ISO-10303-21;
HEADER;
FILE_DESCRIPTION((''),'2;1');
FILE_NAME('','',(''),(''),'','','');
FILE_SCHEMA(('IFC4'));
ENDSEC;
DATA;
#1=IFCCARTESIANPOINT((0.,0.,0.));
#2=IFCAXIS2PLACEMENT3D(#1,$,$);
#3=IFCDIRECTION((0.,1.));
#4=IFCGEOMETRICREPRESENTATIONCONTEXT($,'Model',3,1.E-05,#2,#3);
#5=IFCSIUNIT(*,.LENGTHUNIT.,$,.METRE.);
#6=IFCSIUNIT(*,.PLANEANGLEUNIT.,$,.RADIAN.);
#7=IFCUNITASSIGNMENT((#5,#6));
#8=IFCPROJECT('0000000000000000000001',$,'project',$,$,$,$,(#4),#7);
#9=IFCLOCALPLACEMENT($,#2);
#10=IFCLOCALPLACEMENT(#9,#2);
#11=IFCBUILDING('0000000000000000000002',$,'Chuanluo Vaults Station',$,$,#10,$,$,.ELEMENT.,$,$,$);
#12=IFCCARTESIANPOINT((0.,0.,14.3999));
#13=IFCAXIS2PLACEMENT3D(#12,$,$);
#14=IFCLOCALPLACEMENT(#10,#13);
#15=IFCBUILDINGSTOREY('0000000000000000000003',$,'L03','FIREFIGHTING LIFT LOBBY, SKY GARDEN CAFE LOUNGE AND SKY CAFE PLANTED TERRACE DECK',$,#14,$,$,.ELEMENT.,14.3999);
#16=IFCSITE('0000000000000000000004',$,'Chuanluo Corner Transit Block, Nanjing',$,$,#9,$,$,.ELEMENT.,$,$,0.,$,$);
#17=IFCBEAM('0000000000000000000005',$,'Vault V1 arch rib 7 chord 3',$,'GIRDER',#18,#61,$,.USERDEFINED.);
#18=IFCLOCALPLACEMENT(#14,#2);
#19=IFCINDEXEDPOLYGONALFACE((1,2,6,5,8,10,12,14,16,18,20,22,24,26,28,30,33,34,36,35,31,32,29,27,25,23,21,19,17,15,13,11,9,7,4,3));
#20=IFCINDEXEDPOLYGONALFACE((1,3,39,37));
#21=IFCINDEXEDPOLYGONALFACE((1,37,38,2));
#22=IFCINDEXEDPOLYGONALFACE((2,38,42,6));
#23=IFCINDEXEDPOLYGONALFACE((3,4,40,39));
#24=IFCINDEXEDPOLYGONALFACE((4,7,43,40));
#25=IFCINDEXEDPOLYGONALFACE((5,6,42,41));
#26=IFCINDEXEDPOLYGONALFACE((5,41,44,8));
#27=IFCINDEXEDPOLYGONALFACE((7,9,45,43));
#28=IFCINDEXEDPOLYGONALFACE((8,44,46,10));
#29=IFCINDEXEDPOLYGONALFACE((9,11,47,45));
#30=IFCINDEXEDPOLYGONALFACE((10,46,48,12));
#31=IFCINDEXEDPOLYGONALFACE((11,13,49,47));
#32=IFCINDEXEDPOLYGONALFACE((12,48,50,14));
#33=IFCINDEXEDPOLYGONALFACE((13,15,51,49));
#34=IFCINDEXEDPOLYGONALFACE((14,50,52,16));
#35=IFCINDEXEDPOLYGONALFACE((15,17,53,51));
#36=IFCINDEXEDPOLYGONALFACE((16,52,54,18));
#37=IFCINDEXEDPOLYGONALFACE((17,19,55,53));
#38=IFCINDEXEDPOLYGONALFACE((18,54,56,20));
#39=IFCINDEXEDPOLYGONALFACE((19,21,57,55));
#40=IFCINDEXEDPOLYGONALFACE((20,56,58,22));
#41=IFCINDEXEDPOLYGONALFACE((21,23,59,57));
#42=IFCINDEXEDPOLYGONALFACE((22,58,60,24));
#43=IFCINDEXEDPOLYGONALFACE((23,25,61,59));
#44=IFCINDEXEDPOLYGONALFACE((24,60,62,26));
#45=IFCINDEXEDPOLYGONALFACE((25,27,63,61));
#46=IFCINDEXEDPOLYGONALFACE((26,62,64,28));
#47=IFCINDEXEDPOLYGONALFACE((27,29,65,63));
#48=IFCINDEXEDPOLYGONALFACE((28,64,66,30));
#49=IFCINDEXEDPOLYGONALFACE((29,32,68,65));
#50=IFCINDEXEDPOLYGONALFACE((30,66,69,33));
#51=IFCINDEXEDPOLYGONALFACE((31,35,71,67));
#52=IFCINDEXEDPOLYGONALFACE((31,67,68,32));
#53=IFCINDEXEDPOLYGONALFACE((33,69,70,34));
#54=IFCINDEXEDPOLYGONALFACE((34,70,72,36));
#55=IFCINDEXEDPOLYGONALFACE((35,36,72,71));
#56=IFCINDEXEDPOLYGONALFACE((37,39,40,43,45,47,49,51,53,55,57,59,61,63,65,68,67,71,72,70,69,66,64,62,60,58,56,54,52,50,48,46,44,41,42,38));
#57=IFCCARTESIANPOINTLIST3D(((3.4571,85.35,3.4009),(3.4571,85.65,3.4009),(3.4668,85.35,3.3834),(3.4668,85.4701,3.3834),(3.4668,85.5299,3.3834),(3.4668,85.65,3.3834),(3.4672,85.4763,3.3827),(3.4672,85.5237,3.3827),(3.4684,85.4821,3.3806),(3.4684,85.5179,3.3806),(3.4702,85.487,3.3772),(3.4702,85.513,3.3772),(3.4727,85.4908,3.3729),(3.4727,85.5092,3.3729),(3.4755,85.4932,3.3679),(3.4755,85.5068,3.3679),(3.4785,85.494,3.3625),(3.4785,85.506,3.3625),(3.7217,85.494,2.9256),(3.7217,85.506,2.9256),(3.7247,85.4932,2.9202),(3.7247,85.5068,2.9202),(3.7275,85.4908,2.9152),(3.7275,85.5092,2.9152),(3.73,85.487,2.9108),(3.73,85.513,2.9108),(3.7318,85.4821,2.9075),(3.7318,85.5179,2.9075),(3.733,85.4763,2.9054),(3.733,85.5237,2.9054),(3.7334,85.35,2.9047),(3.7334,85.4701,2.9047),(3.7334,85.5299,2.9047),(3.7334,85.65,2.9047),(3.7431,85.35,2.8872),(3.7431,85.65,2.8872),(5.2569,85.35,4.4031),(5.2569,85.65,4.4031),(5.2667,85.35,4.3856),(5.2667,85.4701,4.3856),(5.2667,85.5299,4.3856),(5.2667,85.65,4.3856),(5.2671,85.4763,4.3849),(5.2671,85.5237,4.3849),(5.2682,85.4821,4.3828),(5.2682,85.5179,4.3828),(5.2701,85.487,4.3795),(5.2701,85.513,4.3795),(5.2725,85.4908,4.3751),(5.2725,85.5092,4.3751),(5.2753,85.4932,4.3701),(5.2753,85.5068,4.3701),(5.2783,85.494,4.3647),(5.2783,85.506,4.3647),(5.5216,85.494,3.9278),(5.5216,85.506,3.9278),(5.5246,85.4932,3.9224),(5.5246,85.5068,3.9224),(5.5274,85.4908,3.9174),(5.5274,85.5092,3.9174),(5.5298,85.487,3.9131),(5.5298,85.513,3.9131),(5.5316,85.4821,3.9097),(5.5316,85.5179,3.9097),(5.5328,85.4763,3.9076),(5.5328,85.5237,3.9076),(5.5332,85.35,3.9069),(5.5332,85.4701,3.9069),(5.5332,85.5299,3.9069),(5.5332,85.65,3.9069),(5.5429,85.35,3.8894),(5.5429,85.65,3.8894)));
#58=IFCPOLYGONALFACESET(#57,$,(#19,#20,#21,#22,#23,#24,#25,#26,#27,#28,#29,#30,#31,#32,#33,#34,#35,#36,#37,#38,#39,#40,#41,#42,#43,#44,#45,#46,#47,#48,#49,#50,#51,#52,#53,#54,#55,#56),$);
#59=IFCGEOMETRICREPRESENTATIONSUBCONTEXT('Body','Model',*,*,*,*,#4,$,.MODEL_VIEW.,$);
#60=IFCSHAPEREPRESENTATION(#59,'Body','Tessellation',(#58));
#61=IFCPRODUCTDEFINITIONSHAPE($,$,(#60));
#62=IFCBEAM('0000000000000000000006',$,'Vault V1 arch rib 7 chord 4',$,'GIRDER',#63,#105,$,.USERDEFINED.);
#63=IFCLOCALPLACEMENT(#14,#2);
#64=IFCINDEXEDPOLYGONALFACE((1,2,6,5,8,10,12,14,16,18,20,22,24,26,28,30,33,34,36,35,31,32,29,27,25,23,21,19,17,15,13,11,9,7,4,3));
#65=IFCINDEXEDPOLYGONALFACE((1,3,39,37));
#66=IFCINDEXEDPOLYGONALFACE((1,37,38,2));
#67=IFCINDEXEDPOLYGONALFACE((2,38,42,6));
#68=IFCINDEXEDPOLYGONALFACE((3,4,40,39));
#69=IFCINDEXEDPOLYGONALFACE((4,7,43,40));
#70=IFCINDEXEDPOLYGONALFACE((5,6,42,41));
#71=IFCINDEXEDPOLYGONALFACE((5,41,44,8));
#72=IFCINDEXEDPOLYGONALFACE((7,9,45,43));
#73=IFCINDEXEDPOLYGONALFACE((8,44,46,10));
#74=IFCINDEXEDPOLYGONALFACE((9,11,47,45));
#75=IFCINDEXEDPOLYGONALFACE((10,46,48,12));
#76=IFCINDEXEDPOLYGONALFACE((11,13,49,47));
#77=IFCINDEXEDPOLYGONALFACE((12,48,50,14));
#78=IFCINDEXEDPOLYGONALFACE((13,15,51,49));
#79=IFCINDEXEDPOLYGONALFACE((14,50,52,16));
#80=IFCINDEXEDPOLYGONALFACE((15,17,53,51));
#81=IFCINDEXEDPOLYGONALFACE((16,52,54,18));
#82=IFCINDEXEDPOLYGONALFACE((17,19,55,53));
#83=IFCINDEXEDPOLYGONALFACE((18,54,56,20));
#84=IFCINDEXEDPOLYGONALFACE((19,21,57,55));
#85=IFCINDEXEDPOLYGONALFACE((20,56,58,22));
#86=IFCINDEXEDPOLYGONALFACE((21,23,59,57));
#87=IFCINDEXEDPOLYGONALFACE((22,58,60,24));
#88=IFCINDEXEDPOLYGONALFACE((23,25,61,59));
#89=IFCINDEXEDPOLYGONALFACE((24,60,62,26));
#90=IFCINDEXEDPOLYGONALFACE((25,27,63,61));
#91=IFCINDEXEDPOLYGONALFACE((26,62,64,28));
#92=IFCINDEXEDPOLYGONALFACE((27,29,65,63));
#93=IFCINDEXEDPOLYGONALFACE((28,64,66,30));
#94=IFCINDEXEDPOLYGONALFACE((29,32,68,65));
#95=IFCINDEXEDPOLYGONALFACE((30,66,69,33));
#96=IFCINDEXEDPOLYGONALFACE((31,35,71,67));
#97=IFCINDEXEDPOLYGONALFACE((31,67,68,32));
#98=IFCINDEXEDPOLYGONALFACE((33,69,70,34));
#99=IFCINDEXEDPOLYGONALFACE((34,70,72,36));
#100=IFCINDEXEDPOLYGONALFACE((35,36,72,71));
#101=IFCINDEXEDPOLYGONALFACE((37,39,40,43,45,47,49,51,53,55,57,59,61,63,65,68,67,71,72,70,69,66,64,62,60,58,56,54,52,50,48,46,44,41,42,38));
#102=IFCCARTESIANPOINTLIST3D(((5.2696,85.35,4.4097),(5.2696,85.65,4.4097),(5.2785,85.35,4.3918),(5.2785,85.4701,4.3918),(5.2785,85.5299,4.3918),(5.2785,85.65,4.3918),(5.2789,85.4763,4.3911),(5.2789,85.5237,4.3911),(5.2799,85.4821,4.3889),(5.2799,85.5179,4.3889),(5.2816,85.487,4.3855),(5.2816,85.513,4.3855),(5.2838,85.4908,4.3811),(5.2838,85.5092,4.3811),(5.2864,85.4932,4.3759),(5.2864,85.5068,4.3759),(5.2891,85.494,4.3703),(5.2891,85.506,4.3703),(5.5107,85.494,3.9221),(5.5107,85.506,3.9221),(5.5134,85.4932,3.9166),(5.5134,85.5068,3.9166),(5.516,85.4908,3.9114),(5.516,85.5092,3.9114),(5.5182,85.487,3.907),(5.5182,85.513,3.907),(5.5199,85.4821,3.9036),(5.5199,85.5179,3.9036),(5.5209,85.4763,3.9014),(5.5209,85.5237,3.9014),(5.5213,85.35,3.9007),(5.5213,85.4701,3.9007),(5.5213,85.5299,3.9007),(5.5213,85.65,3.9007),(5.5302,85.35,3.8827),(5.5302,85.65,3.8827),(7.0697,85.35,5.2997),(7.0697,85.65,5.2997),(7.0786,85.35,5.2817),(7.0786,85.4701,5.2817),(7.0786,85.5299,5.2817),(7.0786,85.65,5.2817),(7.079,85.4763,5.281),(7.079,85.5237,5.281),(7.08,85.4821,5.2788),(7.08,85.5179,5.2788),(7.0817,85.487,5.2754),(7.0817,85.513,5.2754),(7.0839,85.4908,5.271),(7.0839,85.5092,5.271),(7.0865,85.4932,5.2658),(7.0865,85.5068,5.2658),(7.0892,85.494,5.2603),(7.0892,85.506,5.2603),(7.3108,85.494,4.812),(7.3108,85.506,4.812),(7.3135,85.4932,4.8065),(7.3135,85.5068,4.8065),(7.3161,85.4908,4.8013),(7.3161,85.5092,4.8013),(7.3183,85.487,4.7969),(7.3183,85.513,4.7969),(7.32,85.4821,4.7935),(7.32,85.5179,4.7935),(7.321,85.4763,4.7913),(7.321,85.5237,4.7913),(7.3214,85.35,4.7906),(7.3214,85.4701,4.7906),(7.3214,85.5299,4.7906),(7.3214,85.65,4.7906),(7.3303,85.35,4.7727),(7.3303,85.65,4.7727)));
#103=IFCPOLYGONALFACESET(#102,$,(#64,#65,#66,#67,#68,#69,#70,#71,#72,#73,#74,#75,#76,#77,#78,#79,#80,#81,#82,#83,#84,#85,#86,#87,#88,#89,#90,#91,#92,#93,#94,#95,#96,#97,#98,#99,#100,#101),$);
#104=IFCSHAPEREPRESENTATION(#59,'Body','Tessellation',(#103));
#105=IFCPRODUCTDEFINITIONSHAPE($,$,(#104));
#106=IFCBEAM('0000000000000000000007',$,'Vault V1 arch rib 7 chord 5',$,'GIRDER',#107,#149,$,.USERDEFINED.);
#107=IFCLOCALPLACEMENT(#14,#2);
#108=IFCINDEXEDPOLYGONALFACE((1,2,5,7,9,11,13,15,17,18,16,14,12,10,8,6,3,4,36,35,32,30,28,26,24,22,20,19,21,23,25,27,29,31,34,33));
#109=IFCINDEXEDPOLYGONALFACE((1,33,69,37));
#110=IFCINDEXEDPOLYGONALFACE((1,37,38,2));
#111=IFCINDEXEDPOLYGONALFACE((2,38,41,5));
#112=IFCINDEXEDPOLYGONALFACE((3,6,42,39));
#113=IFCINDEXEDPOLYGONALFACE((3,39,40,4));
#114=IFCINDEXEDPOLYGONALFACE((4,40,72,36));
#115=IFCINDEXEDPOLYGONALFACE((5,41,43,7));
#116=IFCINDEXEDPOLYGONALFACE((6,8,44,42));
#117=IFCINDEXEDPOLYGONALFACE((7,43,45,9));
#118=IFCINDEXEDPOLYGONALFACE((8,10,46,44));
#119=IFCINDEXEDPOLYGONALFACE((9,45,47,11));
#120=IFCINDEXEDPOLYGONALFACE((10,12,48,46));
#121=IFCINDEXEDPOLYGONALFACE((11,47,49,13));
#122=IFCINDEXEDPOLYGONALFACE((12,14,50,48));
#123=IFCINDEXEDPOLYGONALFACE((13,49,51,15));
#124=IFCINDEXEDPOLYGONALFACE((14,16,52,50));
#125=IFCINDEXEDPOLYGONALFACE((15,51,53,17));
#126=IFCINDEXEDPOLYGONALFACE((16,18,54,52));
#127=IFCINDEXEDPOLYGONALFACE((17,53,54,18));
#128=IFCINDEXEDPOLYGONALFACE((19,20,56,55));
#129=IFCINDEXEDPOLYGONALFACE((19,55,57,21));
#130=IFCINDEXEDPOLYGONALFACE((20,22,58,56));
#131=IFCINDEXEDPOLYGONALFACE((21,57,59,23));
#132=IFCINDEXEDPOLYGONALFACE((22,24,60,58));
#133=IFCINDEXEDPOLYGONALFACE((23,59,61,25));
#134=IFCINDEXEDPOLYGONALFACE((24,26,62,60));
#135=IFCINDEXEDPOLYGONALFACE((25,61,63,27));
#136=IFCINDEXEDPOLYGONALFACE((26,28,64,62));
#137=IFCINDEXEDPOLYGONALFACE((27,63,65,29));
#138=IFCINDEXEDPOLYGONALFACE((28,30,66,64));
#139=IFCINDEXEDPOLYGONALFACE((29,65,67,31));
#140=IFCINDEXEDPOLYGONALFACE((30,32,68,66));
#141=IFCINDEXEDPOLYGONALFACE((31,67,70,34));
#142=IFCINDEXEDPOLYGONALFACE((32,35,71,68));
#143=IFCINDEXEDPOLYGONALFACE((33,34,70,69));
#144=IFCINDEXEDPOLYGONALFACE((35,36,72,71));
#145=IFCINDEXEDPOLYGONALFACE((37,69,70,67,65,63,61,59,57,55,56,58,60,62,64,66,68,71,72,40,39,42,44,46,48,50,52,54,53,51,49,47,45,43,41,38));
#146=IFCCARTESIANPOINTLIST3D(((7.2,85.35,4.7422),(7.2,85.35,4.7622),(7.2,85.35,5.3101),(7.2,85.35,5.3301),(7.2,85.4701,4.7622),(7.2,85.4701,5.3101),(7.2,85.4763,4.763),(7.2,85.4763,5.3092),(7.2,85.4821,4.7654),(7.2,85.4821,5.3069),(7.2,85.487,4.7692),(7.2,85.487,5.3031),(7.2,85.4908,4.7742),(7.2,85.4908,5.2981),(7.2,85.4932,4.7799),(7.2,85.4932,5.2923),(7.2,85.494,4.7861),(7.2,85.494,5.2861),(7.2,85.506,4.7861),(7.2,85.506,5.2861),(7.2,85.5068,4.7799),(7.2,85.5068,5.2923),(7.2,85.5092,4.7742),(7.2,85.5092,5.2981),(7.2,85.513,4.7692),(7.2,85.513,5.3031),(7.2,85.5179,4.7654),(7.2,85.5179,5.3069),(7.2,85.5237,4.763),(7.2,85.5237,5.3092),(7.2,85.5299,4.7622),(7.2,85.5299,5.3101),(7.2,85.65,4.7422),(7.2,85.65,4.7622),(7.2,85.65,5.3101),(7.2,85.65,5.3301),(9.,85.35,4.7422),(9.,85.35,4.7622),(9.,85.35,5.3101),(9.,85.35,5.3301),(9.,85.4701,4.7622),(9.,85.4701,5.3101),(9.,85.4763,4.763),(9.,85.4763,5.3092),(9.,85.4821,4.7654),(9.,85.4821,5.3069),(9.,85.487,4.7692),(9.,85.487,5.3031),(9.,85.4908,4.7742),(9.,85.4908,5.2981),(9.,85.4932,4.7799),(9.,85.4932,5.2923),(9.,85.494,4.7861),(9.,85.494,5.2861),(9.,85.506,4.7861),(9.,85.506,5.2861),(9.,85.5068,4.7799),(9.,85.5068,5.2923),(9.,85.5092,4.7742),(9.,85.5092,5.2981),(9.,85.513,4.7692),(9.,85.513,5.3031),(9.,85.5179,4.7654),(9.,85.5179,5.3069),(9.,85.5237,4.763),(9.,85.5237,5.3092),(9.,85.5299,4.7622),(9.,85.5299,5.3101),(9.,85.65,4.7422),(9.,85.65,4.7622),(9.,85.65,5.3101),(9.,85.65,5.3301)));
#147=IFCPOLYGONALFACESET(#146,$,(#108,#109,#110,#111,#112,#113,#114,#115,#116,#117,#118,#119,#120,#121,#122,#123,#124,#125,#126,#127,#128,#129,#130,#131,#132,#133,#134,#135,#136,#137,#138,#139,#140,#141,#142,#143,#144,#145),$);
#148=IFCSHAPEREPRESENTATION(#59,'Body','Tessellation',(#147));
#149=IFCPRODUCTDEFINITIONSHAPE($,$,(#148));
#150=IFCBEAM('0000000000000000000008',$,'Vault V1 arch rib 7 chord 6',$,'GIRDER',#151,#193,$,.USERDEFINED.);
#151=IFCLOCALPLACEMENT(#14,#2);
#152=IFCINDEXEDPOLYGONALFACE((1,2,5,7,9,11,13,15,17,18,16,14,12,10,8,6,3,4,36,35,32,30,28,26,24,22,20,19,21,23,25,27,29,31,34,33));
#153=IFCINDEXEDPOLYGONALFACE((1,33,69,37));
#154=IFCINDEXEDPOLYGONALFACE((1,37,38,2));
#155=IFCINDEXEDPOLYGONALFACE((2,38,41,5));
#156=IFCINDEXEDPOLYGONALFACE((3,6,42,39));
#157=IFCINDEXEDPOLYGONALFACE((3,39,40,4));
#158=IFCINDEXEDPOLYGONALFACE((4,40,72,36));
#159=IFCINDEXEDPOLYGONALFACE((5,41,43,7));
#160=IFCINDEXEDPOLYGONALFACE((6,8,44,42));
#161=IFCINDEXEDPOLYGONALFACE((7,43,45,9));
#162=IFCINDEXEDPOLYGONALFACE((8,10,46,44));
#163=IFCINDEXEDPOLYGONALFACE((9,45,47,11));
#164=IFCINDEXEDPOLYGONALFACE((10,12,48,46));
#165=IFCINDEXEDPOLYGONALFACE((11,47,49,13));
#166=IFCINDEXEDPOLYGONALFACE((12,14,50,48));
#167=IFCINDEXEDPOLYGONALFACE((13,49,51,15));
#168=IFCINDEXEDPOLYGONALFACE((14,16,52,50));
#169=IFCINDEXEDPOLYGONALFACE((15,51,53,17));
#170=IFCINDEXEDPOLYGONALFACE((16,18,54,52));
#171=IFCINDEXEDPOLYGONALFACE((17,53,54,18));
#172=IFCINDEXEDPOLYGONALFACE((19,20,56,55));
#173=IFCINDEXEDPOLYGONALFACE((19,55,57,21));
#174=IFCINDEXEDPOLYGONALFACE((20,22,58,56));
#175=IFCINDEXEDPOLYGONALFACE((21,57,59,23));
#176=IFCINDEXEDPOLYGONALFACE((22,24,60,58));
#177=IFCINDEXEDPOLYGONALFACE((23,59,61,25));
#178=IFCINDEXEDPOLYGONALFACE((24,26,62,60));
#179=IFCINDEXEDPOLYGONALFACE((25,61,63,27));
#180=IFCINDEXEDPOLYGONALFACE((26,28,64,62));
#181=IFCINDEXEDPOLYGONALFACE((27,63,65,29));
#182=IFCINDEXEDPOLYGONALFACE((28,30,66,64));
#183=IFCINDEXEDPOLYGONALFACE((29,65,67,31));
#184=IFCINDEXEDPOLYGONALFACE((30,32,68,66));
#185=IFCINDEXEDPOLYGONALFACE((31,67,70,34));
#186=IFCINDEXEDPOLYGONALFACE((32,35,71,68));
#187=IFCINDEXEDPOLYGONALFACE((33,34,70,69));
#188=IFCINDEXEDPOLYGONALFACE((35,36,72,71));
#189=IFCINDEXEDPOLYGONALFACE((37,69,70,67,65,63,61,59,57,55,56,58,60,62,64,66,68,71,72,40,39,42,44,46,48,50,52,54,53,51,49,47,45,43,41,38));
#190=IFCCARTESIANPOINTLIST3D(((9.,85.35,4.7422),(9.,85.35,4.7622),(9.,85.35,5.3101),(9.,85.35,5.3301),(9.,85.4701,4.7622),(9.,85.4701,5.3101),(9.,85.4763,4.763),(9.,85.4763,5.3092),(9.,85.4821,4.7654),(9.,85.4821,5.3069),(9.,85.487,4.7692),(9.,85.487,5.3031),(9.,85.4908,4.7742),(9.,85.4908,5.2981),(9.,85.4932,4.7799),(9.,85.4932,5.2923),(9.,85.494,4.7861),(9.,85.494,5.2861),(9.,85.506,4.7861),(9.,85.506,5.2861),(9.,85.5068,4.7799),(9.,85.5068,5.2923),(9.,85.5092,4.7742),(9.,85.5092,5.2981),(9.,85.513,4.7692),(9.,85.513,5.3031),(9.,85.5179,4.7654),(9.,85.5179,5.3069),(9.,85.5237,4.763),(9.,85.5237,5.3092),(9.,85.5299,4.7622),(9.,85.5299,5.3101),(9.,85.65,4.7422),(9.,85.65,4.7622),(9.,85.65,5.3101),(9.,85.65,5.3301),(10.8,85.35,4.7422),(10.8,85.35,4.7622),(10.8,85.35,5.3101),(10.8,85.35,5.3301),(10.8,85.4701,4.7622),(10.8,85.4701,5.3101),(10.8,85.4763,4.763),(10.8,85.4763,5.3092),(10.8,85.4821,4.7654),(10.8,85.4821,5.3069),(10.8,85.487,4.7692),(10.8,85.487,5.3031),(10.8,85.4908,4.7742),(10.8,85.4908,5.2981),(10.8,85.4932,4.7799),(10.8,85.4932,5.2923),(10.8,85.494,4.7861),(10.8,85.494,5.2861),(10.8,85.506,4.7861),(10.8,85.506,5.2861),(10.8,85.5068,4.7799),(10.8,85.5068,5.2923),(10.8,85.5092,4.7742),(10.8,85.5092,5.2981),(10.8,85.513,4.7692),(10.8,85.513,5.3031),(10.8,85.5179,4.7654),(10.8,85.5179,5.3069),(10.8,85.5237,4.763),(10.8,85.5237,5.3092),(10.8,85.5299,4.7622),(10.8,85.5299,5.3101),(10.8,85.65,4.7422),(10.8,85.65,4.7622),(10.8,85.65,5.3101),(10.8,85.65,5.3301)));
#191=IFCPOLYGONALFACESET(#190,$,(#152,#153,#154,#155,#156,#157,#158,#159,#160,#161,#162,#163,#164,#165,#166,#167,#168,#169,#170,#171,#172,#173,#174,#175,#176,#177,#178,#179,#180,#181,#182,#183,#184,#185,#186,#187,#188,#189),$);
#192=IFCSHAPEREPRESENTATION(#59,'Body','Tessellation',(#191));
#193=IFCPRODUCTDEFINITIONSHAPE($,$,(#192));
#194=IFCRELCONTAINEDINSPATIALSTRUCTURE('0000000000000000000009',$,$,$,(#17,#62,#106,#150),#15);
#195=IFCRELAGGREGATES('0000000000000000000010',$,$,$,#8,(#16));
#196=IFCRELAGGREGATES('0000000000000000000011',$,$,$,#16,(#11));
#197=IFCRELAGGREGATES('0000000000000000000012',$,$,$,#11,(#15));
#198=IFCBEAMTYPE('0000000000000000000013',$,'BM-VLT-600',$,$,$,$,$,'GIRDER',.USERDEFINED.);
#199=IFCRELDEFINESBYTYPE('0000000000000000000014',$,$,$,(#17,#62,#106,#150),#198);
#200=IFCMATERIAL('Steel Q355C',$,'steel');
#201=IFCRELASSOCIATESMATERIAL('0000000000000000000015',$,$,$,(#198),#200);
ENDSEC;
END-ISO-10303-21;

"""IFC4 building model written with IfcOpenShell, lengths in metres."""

from ifc_helpers import new_model, si_unit, direction, frame, origin, origin_2d, place, context, subcontext, project, spatial, i_section, extrude, material, material_profile, profile_set, type_object, element, save


model = new_model("IFC4")

# Units and contexts
model_context = context("Model", 3, precision=1e-05, world=origin(), true_north=direction((0.0, 1.0)))
body_context = subcontext(model_context, "Body", "Model", "MODEL_VIEW")
ifc_project = project(units=[si_unit("LENGTHUNIT", "METRE"), si_unit("PLANEANGLEUNIT", "RADIAN")], contexts=[model_context])

# Site, building, storey
site_placement = place(None, origin())
site = spatial("IfcSite", under=ifc_project, at=site_placement, Name="Chuanluo Corner Transit Block, Nanjing", CompositionType="ELEMENT", RefElevation=0.0)
building_placement = place(site_placement, origin())
building = spatial("IfcBuilding", under=site, at=building_placement, Name="Chuanluo Vaults Station", CompositionType="ELEMENT")
storey_placement = place(building_placement, frame((0.0, 0.0, 14.3999)))
storey = spatial("IfcBuildingStorey", under=building, at=storey_placement, Name="L03", Description="FIREFIGHTING LIFT LOBBY, SKY GARDEN CAFE LOUNGE AND SKY CAFE PLANTED TERRACE DECK", CompositionType="ELEMENT", Elevation=14.3999)

# Beams
ifc_material_1 = material(Name="Steel Q355C", Category="steel")
ifc_material_profile_1 = material_profile(ifc_material_1, i_section(OverallWidth=0.3, OverallDepth=0.5879, WebThickness=0.012, FlangeThickness=0.02, FilletRadius=0.0239, at=origin_2d()))
ifc_profile_set_1 = profile_set([ifc_material_profile_1], Name="Steel Q355C")
beam_type_1 = type_object("IfcBeamType", Name="BM-VLT-600", ElementType="GIRDER", PredefinedType="USERDEFINED", material=ifc_profile_set_1)
beam_1_placement = place(storey_placement, frame((3.6001, 85.5, 3.144), z_axis=(0.873682, 0.0, 0.486498), x_axis=(0.0, 1.0, 0.0)))
element("IfcBeam", 1, at=beam_1_placement, inside=storey, type_object=beam_type_1, Name="Vault V1 arch rib 7 chord 3", ObjectType="GIRDER", PredefinedType="USERDEFINED", context=body_context, shape_type="SweptSolid", body=[
    extrude(i_section(OverallWidth=0.3, OverallDepth=0.5879, WebThickness=0.012, FlangeThickness=0.02, FilletRadius=0.0239, at=origin_2d()), origin(), (0.0, 0.0, 1.0), 2.0601),
])
beam_2_placement = place(storey_placement, frame((5.3999, 85.5, 4.1462), z_axis=(0.896436, 0.0, 0.443172), x_axis=(0.0, 1.0, 0.0)))
element("IfcBeam", 2, at=beam_2_placement, inside=storey, type_object=beam_type_1, Name="Vault V1 arch rib 7 chord 4", ObjectType="GIRDER", PredefinedType="USERDEFINED", context=body_context, shape_type="SweptSolid", body=[
    extrude(i_section(OverallWidth=0.3, OverallDepth=0.5879, WebThickness=0.012, FlangeThickness=0.02, FilletRadius=0.0239, at=origin_2d()), origin(), (0.0, 0.0, 1.0), 2.0081),
])
for number, where, z_axis, x_axis, name in (
    (3, (7.2, 85.5, 5.0361), (1.0, 0.0, 0.0), (0.0, 1.0, 0.0), "Vault V1 arch rib 7 chord 5"),
    (4, (9.0, 85.5, 5.0361), (1.0, 0.0, 0.0), (0.0, 1.0, 0.0), "Vault V1 arch rib 7 chord 6"),
):
    element("IfcBeam", number, at=place(storey_placement, frame(where, z_axis=z_axis, x_axis=x_axis)), inside=storey, type_object=beam_type_1, Name=name, ObjectType="GIRDER", PredefinedType="USERDEFINED", context=body_context, shape_type="SweptSolid", body=[
        extrude(i_section(OverallWidth=0.3, OverallDepth=0.5879, WebThickness=0.012, FlangeThickness=0.02, FilletRadius=0.0239, at=origin_2d()), origin(), (0.0, 0.0, 1.0), 1.8),
    ])

save(model, "model.ifc")
